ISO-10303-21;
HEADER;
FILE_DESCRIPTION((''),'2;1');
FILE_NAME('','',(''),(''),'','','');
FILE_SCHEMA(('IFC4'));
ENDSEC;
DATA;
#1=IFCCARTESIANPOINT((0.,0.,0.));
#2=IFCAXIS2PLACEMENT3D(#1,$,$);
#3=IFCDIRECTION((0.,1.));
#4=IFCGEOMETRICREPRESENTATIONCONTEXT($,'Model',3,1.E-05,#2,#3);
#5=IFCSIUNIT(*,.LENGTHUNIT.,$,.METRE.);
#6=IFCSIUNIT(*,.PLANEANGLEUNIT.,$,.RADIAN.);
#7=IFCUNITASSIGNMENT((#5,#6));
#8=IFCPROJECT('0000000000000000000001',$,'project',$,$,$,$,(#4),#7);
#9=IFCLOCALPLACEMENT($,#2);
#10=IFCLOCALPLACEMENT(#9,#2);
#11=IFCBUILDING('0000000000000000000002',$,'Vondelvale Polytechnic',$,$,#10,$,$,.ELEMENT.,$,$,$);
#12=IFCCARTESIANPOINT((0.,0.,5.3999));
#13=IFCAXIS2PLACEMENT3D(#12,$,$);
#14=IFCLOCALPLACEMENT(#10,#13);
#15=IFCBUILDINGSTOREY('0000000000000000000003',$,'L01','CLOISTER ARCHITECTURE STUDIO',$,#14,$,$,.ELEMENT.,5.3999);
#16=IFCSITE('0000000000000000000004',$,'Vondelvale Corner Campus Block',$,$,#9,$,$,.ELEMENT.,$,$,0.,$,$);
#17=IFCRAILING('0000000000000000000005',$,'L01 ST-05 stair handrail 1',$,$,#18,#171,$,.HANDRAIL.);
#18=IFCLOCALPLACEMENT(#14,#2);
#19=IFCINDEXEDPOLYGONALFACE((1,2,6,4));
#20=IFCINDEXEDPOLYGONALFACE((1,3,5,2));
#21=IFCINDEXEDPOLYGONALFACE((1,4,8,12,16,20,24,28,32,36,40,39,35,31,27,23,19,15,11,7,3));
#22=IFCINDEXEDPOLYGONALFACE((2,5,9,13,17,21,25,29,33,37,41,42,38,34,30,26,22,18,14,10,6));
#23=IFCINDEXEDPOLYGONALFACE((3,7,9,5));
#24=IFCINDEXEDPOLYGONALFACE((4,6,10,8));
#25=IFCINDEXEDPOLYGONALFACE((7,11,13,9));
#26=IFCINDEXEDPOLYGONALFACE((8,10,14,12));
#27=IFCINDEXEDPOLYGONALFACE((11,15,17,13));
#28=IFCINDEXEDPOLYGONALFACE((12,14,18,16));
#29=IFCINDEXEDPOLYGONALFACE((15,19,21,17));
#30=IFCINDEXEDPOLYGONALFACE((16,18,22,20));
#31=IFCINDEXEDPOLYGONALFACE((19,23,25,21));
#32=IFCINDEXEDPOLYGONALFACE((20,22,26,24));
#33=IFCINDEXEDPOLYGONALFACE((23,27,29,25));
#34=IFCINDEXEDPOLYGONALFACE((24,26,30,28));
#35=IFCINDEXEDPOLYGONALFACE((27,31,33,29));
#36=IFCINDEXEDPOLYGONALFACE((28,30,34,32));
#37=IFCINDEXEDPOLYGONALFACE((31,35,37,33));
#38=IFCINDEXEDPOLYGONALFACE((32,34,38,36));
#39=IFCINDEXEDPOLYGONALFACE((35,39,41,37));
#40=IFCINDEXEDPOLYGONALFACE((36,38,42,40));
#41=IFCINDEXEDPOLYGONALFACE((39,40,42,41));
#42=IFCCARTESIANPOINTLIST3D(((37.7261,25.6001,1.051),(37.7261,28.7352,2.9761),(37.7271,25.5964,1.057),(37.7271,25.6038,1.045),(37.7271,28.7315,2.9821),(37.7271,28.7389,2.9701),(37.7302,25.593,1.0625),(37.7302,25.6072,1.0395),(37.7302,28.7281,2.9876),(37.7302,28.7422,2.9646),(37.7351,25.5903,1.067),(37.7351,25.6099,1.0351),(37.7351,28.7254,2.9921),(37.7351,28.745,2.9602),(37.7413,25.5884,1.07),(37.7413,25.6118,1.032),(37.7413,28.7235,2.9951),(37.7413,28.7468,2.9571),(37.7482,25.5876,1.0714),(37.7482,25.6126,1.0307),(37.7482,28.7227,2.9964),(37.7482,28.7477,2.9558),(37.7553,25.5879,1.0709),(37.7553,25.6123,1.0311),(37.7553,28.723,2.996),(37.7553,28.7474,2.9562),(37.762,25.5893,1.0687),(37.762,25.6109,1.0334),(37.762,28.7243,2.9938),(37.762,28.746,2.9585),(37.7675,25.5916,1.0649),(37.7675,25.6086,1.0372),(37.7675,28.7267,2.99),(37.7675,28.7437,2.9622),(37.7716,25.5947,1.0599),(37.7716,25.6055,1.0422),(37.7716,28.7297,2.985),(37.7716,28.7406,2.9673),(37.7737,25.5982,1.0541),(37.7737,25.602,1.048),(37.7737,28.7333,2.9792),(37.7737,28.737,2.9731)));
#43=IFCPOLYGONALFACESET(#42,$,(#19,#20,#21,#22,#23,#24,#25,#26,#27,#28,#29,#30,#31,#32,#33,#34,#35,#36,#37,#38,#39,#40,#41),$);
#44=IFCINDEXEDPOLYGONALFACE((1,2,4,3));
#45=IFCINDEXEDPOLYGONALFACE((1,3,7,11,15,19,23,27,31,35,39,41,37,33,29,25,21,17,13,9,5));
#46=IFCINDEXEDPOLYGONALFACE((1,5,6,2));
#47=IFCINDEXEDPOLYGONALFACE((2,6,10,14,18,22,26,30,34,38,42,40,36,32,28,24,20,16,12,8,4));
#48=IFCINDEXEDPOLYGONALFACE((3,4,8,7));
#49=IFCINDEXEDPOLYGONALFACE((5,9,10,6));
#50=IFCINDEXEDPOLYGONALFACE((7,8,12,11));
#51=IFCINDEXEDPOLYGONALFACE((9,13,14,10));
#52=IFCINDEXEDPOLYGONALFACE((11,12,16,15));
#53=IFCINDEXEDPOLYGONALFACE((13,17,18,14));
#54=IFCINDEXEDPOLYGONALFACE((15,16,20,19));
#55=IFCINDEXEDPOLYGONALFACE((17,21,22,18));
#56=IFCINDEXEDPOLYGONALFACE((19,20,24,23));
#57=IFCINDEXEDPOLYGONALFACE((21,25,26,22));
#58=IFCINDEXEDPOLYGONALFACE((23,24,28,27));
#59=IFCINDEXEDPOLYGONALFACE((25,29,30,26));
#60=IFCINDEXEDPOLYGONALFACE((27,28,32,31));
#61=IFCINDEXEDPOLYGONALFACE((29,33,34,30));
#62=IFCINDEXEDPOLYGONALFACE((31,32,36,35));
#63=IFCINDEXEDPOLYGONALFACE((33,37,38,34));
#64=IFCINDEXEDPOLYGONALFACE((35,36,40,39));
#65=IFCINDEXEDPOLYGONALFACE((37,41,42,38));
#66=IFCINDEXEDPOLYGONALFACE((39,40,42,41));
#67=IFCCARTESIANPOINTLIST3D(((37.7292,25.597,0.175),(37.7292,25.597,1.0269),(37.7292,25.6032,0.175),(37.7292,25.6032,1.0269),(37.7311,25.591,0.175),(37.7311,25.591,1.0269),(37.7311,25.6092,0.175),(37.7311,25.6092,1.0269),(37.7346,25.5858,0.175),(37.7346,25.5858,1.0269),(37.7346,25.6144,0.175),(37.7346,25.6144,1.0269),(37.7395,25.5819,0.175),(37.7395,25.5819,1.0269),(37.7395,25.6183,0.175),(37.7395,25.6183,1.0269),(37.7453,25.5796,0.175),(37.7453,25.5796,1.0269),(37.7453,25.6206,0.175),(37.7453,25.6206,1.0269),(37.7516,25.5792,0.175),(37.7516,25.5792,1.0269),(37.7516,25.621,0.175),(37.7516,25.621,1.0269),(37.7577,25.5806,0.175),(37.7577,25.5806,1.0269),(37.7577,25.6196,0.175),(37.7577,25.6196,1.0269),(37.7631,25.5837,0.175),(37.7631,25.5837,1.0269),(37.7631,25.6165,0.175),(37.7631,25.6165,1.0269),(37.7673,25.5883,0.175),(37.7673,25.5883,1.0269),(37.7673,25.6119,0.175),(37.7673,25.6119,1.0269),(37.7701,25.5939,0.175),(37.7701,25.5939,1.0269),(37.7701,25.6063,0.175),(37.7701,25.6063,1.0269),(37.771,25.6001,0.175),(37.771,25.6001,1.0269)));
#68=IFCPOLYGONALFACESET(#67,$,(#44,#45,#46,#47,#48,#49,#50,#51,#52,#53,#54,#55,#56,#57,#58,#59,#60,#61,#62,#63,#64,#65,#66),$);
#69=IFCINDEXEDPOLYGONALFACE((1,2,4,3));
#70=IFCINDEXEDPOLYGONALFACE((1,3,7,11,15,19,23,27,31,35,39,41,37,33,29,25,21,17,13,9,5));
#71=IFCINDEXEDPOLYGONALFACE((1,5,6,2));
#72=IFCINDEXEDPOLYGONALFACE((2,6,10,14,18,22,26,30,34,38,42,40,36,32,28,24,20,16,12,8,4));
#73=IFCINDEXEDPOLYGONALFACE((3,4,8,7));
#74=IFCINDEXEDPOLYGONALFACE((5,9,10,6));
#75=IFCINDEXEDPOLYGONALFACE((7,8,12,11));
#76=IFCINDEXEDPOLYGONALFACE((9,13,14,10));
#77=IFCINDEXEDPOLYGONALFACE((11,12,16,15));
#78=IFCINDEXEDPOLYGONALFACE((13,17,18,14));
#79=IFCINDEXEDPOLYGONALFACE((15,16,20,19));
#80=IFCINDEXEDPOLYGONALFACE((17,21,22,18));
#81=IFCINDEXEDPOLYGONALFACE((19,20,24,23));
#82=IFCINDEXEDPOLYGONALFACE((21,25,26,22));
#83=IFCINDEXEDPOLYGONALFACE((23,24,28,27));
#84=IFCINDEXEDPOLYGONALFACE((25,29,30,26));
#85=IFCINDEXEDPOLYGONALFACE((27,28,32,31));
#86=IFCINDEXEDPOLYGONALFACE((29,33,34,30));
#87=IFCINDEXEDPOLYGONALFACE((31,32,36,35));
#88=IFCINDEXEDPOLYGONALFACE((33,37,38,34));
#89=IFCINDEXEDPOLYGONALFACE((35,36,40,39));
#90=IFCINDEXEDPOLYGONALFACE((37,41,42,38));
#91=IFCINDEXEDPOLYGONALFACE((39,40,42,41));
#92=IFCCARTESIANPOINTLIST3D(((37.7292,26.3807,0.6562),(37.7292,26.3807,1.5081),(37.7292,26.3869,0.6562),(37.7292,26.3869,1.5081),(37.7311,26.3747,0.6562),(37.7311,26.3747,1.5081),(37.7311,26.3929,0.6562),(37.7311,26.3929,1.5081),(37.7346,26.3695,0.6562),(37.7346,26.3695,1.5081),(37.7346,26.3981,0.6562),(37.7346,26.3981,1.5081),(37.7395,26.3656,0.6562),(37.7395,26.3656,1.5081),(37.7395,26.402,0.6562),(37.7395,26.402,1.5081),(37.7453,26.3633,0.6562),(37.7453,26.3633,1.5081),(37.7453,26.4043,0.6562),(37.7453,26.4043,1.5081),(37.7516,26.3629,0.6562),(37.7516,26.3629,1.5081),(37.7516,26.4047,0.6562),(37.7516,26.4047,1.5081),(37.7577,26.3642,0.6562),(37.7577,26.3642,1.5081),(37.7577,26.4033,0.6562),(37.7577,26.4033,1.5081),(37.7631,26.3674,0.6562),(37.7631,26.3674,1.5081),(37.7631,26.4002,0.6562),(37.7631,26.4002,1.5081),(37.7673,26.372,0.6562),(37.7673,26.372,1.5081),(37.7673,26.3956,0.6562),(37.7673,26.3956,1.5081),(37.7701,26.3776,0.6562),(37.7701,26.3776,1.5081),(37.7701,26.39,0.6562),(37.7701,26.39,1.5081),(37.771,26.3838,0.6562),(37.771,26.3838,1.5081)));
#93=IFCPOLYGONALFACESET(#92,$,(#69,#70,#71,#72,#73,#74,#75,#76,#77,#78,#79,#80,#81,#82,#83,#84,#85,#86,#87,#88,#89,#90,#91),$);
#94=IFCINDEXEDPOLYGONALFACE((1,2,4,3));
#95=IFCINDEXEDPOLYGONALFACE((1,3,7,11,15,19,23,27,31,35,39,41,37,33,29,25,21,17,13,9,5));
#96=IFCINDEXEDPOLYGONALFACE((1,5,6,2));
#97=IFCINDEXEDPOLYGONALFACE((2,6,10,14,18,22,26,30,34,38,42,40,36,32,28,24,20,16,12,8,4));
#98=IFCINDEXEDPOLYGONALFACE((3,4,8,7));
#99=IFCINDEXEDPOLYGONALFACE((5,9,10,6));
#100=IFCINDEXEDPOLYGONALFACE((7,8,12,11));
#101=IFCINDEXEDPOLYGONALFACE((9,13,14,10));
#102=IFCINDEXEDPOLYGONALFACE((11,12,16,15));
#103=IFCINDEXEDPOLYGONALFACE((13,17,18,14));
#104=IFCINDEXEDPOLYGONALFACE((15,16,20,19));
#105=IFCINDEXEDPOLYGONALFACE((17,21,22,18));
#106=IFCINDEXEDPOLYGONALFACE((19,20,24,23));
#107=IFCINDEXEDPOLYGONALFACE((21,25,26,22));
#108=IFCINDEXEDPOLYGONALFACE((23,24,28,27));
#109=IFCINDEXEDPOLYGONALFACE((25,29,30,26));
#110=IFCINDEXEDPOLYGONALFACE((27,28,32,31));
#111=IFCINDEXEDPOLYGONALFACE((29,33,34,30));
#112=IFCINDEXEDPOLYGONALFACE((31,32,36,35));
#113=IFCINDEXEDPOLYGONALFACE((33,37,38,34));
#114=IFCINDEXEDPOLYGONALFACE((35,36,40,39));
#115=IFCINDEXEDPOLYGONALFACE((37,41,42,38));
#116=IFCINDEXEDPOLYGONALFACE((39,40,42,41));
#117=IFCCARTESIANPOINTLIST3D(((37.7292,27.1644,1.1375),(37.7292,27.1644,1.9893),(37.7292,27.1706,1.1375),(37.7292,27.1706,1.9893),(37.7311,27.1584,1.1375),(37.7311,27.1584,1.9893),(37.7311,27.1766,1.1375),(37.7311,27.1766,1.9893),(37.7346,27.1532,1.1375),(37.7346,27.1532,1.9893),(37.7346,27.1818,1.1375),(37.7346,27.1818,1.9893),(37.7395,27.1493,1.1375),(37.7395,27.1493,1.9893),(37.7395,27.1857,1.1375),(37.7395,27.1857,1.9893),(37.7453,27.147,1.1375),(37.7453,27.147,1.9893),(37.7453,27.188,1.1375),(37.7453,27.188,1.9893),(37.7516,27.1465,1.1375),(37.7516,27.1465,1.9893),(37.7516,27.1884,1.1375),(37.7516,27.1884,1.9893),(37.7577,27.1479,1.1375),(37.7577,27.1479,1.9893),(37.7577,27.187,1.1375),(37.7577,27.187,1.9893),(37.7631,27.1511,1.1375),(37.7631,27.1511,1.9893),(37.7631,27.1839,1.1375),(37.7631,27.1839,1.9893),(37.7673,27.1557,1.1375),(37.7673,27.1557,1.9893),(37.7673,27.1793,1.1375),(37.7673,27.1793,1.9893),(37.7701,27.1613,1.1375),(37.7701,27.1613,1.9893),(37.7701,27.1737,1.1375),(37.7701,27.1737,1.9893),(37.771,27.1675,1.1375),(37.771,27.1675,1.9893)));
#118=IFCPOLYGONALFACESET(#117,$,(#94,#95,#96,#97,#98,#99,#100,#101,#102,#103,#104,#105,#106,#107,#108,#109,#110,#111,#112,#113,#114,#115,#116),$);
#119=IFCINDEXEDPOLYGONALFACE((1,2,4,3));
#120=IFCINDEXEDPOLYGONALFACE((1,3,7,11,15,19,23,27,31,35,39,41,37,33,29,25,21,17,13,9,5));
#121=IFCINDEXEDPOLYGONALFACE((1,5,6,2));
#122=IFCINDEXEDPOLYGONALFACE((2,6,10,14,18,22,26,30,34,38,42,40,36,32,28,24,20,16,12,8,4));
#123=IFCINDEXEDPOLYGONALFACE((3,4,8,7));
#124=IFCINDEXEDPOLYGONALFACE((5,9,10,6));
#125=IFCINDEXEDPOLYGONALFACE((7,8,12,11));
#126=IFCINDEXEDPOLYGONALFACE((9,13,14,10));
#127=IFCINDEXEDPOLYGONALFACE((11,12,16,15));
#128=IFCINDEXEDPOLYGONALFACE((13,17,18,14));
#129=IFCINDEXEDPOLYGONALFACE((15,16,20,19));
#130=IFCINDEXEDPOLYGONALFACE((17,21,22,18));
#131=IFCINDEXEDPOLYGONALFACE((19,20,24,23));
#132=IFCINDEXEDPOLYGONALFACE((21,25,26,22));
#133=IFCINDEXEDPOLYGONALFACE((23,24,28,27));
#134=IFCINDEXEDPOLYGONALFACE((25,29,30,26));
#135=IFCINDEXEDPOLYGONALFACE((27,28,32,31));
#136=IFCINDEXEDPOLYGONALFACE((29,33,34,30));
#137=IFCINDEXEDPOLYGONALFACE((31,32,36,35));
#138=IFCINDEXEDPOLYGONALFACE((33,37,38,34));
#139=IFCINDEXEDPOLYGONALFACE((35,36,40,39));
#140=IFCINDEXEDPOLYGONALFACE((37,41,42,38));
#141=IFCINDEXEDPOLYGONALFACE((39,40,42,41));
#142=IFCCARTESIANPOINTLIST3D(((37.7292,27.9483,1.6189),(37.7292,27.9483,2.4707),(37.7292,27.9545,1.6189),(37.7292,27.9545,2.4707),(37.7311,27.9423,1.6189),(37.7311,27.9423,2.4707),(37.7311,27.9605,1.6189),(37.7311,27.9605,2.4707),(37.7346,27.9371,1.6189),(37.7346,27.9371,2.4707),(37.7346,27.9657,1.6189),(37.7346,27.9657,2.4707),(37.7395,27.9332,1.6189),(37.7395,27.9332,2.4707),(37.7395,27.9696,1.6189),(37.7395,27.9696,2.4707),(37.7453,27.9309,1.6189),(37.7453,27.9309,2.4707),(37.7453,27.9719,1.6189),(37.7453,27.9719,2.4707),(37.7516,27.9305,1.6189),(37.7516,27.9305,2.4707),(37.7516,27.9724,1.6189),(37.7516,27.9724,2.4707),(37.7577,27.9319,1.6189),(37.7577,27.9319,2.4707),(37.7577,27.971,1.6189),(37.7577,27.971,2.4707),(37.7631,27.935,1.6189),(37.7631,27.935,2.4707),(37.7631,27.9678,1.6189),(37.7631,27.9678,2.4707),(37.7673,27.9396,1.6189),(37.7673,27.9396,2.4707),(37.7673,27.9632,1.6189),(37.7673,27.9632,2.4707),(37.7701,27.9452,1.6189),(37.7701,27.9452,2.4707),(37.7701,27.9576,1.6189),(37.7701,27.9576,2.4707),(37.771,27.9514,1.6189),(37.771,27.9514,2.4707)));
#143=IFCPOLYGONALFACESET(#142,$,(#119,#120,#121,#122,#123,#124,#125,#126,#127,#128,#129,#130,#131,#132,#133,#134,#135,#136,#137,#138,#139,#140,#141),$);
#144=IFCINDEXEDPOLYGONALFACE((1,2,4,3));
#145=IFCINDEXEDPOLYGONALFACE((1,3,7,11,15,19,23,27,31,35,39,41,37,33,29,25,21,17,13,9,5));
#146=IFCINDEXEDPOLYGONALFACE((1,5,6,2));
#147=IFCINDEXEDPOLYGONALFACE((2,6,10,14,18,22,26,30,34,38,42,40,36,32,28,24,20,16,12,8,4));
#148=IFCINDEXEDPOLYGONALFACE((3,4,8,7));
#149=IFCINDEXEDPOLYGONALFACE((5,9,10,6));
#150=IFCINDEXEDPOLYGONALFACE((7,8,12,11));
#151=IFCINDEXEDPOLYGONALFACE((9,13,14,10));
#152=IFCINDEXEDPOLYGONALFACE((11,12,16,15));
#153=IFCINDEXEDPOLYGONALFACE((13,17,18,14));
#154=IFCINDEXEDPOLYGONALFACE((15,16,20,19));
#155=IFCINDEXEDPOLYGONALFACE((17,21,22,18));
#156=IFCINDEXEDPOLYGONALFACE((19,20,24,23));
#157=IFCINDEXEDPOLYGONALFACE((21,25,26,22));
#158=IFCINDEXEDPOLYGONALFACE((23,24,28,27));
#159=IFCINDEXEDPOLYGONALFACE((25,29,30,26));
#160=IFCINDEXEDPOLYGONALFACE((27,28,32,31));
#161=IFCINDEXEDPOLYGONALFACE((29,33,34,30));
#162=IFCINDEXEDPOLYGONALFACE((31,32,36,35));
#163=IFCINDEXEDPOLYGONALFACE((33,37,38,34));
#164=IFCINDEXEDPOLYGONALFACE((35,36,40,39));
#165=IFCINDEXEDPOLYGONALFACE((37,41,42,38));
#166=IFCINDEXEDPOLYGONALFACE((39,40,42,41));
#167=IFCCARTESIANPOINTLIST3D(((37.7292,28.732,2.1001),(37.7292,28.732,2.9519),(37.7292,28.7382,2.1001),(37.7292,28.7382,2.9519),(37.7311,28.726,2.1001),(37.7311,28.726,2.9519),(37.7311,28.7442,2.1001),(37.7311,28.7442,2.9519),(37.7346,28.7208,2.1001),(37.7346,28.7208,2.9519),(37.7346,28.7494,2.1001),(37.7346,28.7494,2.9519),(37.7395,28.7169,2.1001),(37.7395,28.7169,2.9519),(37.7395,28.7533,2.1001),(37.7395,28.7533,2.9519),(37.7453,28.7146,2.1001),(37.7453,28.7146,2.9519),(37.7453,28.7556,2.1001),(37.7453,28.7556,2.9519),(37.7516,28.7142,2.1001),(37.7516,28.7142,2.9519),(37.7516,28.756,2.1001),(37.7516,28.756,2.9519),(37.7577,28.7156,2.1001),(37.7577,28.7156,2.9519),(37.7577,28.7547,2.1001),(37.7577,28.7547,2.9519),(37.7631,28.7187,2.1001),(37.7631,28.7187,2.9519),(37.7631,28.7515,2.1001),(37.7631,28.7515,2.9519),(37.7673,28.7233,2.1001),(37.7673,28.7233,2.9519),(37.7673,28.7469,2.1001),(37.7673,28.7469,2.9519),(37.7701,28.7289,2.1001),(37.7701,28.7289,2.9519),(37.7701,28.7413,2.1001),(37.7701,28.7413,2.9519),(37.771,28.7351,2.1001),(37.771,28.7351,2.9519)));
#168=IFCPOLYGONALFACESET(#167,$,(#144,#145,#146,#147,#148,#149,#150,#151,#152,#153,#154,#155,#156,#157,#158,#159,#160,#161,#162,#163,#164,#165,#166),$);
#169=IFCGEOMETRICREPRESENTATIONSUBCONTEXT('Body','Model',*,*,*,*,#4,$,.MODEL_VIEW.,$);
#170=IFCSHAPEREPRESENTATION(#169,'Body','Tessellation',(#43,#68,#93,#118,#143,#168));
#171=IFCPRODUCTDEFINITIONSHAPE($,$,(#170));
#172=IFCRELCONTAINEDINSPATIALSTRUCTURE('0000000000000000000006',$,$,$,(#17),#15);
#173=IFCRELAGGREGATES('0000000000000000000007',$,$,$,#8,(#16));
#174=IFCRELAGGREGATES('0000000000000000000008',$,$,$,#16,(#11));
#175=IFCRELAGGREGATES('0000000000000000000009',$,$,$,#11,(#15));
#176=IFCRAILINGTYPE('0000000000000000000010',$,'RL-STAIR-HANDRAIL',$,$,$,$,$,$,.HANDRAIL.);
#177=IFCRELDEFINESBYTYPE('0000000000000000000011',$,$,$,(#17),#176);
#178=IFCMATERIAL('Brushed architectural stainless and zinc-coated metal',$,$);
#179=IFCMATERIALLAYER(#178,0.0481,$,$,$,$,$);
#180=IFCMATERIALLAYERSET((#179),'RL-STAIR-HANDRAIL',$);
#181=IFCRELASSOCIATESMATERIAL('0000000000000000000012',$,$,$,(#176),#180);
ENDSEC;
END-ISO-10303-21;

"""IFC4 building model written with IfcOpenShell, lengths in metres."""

from ifc_helpers import new_model, si_unit, direction, frame, origin, origin_2d, place, context, subcontext, project, spatial, circle, extrude, material, layer, layer_set, type_object, element, save


model = new_model("IFC4")

# Units and contexts
model_context = context("Model", 3, precision=1e-05, world=origin(), true_north=direction((0.0, 1.0)))
body_context = subcontext(model_context, "Body", "Model", "MODEL_VIEW")
ifc_project = project(units=[si_unit("LENGTHUNIT", "METRE"), si_unit("PLANEANGLEUNIT", "RADIAN")], contexts=[model_context])

# Site, building, storey
site_placement = place(None, origin())
site = spatial("IfcSite", under=ifc_project, at=site_placement, Name="Vondelvale Corner Campus Block", CompositionType="ELEMENT", RefElevation=0.0)
building_placement = place(site_placement, origin())
building = spatial("IfcBuilding", under=site, at=building_placement, Name="Vondelvale Polytechnic", CompositionType="ELEMENT")
storey_placement = place(building_placement, frame((0.0, 0.0, 5.3999)))
storey = spatial("IfcBuildingStorey", under=building, at=storey_placement, Name="L01", Description="CLOISTER ARCHITECTURE STUDIO", CompositionType="ELEMENT", Elevation=5.3999)

# Shared definitions
ifc_material_1 = material(Name="Brushed architectural stainless and zinc-coated metal")

# Railing
ifc_layer_1 = layer(ifc_material_1, 0.0481)
ifc_layer_set_1 = layer_set([ifc_layer_1], Name="RL-STAIR-HANDRAIL")
railing_type_1 = type_object("IfcRailingType", Name="RL-STAIR-HANDRAIL", PredefinedType="HANDRAIL", material=ifc_layer_set_1)
railing_1_placement = place(storey_placement, frame((37.75, 25.6001, 0.175)))
element("IfcRailing", 1, at=railing_1_placement, inside=storey, type_object=railing_type_1, Name="L01 ST-05 stair handrail 1", PredefinedType="HANDRAIL", context=body_context, shape_type="SweptSolid", body=[
    extrude(circle(Radius=0.0239, at=origin_2d()), frame((0.0, 0.0, 0.876), z_axis=(0.0, 0.852166, 0.523271), x_axis=(-1.0, 0.0, 0.0)), (0.0, 0.0, 1.0), 3.679),
    extrude(circle(Radius=0.021, at=origin_2d()), origin(), (0.0, 0.0, 1.0), 0.8518),
    extrude(circle(Radius=0.021, at=origin_2d()), frame((0.0, 0.7837, 0.4812)), (0.0, 0.0, 1.0), 0.8518),
    extrude(circle(Radius=0.021, at=origin_2d()), frame((0.0, 1.5674, 0.9624)), (0.0, 0.0, 1.0), 0.8518),
    extrude(circle(Radius=0.021, at=origin_2d()), frame((0.0, 2.3513, 1.4438)), (0.0, 0.0, 1.0), 0.8518),
    extrude(circle(Radius=0.021, at=origin_2d()), frame((0.0, 3.135, 1.925)), (0.0, 0.0, 1.0), 0.8518),
])

save(model, "model.ifc")
